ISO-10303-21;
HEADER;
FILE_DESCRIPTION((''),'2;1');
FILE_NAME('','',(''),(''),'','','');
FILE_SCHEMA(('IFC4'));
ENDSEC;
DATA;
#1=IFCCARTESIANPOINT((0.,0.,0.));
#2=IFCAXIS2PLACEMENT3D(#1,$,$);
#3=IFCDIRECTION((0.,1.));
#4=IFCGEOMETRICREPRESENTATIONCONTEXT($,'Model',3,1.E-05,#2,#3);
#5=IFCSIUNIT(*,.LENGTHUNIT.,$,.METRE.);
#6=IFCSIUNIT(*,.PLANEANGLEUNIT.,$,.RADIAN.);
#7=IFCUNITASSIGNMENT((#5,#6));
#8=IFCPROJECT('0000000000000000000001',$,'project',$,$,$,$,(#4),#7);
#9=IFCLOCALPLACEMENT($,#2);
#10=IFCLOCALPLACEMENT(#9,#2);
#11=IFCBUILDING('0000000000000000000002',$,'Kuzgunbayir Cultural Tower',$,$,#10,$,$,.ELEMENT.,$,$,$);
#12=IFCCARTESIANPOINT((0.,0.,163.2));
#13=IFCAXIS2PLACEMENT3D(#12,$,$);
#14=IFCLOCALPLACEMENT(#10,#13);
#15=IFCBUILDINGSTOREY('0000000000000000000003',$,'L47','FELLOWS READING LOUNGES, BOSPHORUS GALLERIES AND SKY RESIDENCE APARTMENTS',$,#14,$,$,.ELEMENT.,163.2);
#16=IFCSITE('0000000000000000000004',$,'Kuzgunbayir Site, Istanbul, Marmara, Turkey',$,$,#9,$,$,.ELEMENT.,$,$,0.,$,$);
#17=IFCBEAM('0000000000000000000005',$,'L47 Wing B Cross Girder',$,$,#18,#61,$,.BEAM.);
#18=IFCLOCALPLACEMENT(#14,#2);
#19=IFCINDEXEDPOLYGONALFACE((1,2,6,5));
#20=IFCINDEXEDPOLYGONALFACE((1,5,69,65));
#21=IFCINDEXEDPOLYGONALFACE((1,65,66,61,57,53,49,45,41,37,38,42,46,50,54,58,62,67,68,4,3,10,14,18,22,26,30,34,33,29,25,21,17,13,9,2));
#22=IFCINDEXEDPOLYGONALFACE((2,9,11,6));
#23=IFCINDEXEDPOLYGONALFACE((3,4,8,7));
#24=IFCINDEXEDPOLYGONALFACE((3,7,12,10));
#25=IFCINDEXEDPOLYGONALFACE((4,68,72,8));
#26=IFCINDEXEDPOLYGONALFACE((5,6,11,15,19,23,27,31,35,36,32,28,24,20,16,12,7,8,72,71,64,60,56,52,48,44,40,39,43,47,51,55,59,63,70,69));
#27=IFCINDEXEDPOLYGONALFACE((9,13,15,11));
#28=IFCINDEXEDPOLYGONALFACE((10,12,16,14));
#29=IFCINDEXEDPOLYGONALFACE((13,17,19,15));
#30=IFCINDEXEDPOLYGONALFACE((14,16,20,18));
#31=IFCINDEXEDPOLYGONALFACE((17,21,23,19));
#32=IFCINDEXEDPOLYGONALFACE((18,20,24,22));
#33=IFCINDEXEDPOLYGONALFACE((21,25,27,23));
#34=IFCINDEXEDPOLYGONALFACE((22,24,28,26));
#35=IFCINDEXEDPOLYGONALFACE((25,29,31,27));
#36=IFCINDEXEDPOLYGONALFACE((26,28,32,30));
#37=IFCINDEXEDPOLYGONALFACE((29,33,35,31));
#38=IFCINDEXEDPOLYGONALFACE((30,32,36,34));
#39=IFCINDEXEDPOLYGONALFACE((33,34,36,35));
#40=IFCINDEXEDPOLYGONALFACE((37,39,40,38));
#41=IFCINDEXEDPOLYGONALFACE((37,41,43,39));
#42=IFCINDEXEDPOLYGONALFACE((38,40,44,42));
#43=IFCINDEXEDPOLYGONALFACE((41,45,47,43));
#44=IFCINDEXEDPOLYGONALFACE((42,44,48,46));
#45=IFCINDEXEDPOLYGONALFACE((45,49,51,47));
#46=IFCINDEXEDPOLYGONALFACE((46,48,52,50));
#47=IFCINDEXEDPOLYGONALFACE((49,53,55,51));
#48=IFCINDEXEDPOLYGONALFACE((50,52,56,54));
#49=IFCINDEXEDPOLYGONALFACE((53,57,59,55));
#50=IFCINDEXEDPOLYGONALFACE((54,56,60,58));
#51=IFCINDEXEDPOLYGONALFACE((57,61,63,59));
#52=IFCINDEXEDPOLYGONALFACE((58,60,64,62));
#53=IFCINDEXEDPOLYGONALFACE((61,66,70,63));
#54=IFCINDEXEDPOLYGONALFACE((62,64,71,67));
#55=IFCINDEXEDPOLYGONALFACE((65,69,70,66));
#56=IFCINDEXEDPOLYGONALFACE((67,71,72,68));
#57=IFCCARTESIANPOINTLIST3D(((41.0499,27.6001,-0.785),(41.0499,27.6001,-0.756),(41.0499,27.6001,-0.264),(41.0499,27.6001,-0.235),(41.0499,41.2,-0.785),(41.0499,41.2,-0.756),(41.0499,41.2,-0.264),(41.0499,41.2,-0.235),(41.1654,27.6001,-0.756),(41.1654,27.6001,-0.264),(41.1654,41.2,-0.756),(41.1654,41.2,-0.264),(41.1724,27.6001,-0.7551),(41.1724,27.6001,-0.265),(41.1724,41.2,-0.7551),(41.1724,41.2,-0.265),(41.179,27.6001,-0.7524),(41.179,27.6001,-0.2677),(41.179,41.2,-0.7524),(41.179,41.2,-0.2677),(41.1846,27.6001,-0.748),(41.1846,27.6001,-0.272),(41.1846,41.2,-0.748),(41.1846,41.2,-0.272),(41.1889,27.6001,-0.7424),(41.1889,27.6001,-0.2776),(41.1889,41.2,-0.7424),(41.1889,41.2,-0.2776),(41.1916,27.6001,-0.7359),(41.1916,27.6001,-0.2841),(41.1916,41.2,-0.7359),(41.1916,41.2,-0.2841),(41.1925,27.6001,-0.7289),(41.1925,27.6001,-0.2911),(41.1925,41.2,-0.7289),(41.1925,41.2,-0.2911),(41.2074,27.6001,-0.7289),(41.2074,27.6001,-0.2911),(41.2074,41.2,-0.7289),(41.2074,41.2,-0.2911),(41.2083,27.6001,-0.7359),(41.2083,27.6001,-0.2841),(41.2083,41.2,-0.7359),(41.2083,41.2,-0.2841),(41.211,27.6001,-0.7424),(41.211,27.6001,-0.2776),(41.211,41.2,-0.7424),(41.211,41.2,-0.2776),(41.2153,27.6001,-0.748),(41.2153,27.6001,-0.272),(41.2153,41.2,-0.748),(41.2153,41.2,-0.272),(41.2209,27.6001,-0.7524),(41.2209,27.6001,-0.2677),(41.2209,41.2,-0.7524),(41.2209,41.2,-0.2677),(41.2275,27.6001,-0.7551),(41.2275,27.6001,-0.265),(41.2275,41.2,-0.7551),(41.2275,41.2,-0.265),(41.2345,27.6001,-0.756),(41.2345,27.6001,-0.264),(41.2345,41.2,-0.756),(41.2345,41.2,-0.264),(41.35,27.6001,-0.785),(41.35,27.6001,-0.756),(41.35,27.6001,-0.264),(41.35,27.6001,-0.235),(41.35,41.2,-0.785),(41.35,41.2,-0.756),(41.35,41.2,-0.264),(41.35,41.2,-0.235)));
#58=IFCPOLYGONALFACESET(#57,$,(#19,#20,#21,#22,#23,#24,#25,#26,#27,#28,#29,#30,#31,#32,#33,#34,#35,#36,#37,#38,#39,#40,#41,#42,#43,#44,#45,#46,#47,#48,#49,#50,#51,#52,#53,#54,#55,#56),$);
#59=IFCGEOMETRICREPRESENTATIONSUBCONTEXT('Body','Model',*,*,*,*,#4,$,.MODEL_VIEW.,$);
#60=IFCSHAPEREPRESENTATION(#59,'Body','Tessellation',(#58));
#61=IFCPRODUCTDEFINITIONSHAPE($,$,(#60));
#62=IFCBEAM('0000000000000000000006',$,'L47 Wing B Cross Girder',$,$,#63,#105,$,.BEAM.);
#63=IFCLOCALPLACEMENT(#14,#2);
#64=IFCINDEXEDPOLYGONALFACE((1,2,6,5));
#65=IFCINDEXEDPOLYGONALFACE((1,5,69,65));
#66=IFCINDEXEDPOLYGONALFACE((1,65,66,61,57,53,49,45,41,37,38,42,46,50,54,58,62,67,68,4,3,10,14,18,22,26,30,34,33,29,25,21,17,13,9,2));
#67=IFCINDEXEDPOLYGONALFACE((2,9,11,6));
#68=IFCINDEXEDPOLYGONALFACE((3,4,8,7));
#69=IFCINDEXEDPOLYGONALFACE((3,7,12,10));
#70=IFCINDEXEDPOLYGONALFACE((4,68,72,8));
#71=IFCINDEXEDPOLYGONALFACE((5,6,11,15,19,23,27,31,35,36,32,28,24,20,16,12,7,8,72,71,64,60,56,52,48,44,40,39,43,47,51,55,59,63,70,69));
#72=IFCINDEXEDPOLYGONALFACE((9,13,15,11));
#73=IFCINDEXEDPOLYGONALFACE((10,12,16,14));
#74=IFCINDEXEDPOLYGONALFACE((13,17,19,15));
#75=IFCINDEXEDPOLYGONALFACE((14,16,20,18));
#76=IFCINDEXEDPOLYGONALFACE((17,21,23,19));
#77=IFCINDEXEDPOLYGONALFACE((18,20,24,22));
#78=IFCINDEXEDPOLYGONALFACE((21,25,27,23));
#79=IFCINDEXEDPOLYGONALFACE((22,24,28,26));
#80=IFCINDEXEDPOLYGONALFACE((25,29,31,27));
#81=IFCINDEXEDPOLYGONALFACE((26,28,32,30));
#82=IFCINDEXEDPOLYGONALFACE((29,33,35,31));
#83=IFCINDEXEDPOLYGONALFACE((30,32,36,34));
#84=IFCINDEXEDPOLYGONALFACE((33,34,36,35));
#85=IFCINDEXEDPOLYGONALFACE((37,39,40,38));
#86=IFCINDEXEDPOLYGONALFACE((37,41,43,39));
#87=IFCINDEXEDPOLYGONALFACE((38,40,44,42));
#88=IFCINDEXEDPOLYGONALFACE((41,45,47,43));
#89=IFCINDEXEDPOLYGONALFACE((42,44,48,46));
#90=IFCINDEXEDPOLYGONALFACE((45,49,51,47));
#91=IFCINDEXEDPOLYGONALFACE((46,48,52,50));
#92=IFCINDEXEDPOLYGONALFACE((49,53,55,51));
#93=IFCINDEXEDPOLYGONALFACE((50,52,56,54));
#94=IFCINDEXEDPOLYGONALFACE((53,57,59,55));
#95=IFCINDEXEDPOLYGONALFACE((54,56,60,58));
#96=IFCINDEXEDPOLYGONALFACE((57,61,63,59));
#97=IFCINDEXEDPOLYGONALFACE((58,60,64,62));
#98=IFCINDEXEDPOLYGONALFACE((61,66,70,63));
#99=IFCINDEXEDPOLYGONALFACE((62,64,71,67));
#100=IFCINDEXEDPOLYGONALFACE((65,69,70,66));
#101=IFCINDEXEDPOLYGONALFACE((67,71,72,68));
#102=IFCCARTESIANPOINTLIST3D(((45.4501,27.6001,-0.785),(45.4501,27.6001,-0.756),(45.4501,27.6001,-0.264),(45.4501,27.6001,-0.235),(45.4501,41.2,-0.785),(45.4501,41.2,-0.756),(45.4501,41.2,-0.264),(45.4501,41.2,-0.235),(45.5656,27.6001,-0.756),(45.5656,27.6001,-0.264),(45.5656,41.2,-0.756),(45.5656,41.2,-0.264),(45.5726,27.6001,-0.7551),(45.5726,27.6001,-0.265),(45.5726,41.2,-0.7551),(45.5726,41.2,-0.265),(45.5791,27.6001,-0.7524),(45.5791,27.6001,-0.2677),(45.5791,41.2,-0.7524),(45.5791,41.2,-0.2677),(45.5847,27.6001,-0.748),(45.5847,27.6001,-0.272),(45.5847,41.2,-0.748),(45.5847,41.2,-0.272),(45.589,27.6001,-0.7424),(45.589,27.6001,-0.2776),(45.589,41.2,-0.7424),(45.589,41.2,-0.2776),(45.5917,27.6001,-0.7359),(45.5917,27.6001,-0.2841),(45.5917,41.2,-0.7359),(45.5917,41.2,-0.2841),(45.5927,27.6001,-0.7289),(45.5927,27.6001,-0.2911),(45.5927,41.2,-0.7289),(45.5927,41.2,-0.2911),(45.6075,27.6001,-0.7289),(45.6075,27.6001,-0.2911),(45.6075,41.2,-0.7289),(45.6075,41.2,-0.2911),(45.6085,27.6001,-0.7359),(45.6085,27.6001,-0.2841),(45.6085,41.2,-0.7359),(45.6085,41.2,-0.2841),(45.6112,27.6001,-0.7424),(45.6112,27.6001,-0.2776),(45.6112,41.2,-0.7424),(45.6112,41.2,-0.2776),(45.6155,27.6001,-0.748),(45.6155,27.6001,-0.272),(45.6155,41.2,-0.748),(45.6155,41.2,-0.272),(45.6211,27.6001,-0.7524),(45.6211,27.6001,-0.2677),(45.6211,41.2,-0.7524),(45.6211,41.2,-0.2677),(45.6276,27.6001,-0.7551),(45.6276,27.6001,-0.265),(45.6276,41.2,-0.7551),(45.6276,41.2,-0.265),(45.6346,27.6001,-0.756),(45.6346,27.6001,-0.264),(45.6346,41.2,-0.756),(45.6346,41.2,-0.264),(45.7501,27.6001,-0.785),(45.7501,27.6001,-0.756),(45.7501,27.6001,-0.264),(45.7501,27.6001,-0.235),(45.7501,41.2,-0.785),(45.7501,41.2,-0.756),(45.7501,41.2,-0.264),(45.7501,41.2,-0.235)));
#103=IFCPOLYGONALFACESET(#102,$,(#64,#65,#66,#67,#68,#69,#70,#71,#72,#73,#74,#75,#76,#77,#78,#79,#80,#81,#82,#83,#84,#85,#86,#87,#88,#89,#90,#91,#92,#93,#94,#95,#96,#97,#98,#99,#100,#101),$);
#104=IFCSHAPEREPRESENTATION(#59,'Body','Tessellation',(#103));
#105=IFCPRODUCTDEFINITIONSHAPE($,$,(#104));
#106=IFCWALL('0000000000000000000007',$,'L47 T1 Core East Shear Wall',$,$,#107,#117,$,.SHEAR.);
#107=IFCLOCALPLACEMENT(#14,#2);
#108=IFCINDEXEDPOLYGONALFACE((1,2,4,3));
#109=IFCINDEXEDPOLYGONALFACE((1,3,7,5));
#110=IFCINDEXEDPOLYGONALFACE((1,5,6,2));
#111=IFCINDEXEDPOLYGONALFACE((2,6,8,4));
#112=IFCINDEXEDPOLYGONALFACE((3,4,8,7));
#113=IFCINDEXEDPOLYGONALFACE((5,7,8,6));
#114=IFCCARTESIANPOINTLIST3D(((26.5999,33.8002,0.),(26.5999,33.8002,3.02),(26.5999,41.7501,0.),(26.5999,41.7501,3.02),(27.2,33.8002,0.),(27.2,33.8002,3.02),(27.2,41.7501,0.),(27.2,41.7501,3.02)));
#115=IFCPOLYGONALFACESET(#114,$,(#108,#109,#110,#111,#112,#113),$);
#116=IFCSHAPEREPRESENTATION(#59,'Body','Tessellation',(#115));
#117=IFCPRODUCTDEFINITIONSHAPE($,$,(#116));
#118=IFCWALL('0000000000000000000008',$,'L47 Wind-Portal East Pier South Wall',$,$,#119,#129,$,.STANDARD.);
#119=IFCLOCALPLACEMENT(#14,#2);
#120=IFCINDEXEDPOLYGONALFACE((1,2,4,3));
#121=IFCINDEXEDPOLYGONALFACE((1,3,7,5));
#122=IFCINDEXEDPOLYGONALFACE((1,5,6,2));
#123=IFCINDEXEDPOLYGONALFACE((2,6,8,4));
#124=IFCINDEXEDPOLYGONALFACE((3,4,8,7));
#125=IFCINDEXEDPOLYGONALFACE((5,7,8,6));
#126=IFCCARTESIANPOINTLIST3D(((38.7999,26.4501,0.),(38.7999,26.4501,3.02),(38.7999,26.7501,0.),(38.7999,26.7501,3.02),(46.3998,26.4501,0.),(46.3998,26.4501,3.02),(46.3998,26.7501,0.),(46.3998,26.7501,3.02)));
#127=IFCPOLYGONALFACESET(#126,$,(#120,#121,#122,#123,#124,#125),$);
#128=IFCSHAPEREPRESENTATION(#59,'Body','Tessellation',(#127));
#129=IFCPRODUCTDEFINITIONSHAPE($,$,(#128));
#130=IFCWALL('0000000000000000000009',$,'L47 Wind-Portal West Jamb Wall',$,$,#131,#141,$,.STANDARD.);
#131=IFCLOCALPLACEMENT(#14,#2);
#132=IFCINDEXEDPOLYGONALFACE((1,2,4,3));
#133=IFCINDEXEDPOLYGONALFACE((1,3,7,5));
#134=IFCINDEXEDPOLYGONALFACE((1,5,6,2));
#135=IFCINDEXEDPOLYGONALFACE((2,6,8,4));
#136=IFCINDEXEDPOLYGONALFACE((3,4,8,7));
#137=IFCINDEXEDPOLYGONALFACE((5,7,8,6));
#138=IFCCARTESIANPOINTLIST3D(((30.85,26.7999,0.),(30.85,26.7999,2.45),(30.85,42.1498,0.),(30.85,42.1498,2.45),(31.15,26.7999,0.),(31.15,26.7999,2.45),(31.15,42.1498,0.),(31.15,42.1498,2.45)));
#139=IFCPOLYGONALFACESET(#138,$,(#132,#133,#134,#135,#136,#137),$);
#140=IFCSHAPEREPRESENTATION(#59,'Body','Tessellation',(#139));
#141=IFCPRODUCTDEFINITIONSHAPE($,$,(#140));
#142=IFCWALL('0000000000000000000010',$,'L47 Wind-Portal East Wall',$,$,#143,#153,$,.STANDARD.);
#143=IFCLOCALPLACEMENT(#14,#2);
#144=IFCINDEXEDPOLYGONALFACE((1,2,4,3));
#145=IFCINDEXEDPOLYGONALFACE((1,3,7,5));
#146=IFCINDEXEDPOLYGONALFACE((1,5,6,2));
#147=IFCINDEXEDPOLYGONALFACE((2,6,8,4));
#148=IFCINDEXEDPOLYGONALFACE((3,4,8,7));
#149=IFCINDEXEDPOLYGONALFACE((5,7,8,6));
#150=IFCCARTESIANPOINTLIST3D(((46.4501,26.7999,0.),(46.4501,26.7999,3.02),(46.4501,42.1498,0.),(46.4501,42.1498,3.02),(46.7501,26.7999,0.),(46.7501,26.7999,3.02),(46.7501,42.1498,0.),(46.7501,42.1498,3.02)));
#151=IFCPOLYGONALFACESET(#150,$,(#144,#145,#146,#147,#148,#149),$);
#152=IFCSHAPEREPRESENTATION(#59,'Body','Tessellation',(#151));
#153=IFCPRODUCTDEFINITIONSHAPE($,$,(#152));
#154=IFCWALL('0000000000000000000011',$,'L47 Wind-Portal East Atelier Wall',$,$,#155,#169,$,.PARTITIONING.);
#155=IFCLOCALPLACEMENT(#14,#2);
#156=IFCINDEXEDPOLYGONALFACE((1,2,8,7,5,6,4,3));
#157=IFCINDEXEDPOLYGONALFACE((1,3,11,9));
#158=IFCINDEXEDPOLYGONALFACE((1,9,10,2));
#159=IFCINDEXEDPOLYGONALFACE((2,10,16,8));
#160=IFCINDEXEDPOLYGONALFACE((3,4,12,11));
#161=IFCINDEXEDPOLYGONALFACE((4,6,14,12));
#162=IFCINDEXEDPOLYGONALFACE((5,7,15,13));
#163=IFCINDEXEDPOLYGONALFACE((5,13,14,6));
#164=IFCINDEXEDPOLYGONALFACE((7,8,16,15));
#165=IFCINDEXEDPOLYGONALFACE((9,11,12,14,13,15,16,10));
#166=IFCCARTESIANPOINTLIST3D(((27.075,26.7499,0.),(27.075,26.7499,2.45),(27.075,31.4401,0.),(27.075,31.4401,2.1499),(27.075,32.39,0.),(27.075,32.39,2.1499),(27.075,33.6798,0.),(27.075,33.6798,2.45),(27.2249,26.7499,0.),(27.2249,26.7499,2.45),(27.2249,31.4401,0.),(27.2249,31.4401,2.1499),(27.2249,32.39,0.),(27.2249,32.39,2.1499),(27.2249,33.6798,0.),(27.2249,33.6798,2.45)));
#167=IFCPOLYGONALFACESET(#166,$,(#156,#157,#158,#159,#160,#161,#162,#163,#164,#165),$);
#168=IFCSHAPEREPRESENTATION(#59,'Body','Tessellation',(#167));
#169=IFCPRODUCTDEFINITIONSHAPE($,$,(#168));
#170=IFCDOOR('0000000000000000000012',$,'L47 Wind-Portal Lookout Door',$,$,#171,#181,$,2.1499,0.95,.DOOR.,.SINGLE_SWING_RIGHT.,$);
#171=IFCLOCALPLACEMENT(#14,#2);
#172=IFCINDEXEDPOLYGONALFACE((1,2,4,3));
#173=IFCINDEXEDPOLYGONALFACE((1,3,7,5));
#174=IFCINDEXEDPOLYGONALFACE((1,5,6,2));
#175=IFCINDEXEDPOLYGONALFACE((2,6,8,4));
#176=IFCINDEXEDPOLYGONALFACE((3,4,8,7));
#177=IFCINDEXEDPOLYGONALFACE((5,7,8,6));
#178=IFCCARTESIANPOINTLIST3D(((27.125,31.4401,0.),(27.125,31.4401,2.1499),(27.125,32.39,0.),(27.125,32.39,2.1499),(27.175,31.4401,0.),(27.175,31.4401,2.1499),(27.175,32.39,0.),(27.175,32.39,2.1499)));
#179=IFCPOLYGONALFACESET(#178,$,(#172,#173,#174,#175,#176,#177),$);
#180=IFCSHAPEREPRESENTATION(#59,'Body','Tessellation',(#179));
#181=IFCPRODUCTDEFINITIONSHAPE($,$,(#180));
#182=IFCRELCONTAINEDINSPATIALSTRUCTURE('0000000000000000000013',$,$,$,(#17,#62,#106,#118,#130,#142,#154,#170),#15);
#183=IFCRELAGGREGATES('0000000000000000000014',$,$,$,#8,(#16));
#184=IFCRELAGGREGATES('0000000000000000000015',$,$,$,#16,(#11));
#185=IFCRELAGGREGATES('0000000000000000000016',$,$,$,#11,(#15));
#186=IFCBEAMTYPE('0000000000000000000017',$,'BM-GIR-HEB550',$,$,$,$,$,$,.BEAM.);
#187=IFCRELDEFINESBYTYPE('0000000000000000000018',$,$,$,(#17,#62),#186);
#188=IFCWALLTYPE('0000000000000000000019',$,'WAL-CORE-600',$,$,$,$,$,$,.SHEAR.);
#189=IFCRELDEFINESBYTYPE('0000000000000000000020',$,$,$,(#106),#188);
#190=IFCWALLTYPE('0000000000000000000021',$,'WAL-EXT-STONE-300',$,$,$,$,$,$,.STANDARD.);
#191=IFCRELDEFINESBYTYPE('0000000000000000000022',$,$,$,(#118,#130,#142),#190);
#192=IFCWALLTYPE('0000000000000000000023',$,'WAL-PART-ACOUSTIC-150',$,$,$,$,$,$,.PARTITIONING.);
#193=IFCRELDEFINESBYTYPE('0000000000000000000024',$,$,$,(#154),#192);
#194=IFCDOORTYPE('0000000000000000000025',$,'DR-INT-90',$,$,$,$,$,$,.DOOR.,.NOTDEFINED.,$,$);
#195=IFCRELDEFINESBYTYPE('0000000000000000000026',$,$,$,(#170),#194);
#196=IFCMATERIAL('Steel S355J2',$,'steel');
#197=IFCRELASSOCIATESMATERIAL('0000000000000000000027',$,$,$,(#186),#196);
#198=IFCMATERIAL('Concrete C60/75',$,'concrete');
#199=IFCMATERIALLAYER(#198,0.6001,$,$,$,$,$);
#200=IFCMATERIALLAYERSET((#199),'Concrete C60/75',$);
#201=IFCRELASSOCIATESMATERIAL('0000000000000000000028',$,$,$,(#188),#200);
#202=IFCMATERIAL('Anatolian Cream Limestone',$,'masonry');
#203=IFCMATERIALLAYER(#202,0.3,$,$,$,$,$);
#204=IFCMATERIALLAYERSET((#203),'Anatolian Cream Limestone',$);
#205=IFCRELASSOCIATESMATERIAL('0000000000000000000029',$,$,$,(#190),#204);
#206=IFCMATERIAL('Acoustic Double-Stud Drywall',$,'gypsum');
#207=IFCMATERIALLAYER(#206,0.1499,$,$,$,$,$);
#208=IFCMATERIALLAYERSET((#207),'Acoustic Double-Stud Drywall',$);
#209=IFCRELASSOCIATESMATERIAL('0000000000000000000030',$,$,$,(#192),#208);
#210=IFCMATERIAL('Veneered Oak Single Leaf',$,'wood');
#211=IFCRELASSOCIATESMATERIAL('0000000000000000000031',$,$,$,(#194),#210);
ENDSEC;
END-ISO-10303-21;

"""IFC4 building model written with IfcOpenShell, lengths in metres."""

from ifc_helpers import new_model, si_unit, direction, frame, frame_2d, origin, origin_2d, place, context, subcontext, project, spatial, rectangle, i_section, extrude, material, layer, layer_set, material_profile, profile_set, type_object, element, fill, save


model = new_model("IFC4")

# Units and contexts
model_context = context("Model", 3, precision=1e-05, world=origin(), true_north=direction((0.0, 1.0)))
body_context = subcontext(model_context, "Body", "Model", "MODEL_VIEW")
ifc_project = project(units=[si_unit("LENGTHUNIT", "METRE"), si_unit("PLANEANGLEUNIT", "RADIAN")], contexts=[model_context])

# Site, building, storey
site_placement = place(None, origin())
site = spatial("IfcSite", under=ifc_project, at=site_placement, Name="Kuzgunbayir Site, Istanbul, Marmara, Turkey", CompositionType="ELEMENT", RefElevation=0.0)
building_placement = place(site_placement, origin())
building = spatial("IfcBuilding", under=site, at=building_placement, Name="Kuzgunbayir Cultural Tower", CompositionType="ELEMENT")
storey_placement = place(building_placement, frame((0.0, 0.0, 163.2)))
storey = spatial("IfcBuildingStorey", under=building, at=storey_placement, Name="L47", Description="FELLOWS READING LOUNGES, BOSPHORUS GALLERIES AND SKY RESIDENCE APARTMENTS", CompositionType="ELEMENT", Elevation=163.2)

# Beams
ifc_material_1 = material(Name="Steel S355J2", Category="steel")
ifc_material_profile_1 = material_profile(ifc_material_1, i_section(OverallWidth=0.3, OverallDepth=0.55, WebThickness=0.0149, FlangeThickness=0.0291, FilletRadius=0.0271, at=origin_2d()), Name="HEB 550")
ifc_profile_set_1 = profile_set([ifc_material_profile_1], Name="Steel S355J2")
beam_type_1 = type_object("IfcBeamType", Name="BM-GIR-HEB550", PredefinedType="BEAM", material=ifc_profile_set_1)
for number, where, z_axis, x_axis, name in (
    (1, (41.2, 27.6001, -0.51), (0.0, 1.0, 0.0), (-1.0, 0.0, 0.0), "L47 Wing B Cross Girder"),
    (2, (45.6001, 27.6001, -0.51), (0.0, 1.0, 0.0), (-1.0, 0.0, 0.0), "L47 Wing B Cross Girder"),
):
    element("IfcBeam", number, at=place(storey_placement, frame(where, z_axis=z_axis, x_axis=x_axis)), inside=storey, type_object=beam_type_1, Name=name, PredefinedType="BEAM", context=body_context, shape_type="SweptSolid", body=[
        extrude(i_section(OverallWidth=0.3, OverallDepth=0.55, WebThickness=0.0149, FlangeThickness=0.0291, FilletRadius=0.0271, at=origin_2d()), origin(), (0.0, 0.0, 1.0), 13.5999),
    ])

# Walls
ifc_material_2 = material(Name="Concrete C60/75", Category="concrete")
ifc_layer_1 = layer(ifc_material_2, 0.6001)
ifc_layer_set_1 = layer_set([ifc_layer_1], Name="Concrete C60/75")
wall_type_1 = type_object("IfcWallType", Name="WAL-CORE-600", PredefinedType="SHEAR", material=ifc_layer_set_1)
wall_1_placement = place(storey_placement, frame((26.8999, 33.8, 0.0), z_axis=(0.0, 0.0, 1.0), x_axis=(0.0, 1.0, 0.0)))
element("IfcWall", 3, at=wall_1_placement, inside=storey, type_object=wall_type_1, Name="L47 T1 Core East Shear Wall", PredefinedType="SHEAR", context=body_context, shape_type="SweptSolid", body=[
    extrude(rectangle(XDim=7.95, YDim=0.6001, at=frame_2d((3.9751, 0.0))), origin(), (0.0, 0.0, 1.0), 3.02),
])
ifc_material_3 = material(Name="Anatolian Cream Limestone", Category="masonry")
ifc_layer_2 = layer(ifc_material_3, 0.3)
ifc_layer_set_2 = layer_set([ifc_layer_2], Name="Anatolian Cream Limestone")
wall_type_2 = type_object("IfcWallType", Name="WAL-EXT-STONE-300", PredefinedType="STANDARD", material=ifc_layer_set_2)
wall_2_placement = place(storey_placement, frame((38.8, 26.6001, 0.0), z_axis=(0.0, 0.0, 1.0), x_axis=(1.0, 0.0, 0.0)))
element("IfcWall", 4, at=wall_2_placement, inside=storey, type_object=wall_type_2, Name="L47 Wind-Portal East Pier South Wall", PredefinedType="STANDARD", context=body_context, shape_type="SweptSolid", body=[
    extrude(rectangle(XDim=7.5999, YDim=0.3, at=frame_2d((3.7998, 0.0))), origin(), (0.0, 0.0, 1.0), 3.02),
])
wall_3_placement = place(storey_placement, frame((31.0, 26.8, 0.0), z_axis=(0.0, 0.0, 1.0), x_axis=(0.0, 1.0, 0.0)))
element("IfcWall", 5, at=wall_3_placement, inside=storey, type_object=wall_type_2, Name="L47 Wind-Portal West Jamb Wall", PredefinedType="STANDARD", context=body_context, shape_type="SweptSolid", body=[
    extrude(rectangle(XDim=15.3499, YDim=0.3, at=frame_2d((7.6748, 0.0))), origin(), (0.0, 0.0, 1.0), 2.45),
])
wall_4_placement = place(storey_placement, frame((46.6001, 26.8, 0.0), z_axis=(0.0, 0.0, 1.0), x_axis=(0.0, 1.0, 0.0)))
element("IfcWall", 6, at=wall_4_placement, inside=storey, type_object=wall_type_2, Name="L47 Wind-Portal East Wall", PredefinedType="STANDARD", context=body_context, shape_type="SweptSolid", body=[
    extrude(rectangle(XDim=15.3499, YDim=0.3, at=frame_2d((7.6748, 0.0))), origin(), (0.0, 0.0, 1.0), 3.02),
])

# Wall, opening, door
ifc_material_4 = material(Name="Acoustic Double-Stud Drywall", Category="gypsum")
ifc_layer_3 = layer(ifc_material_4, 0.1499)
ifc_layer_set_3 = layer_set([ifc_layer_3], Name="Acoustic Double-Stud Drywall")
wall_type_3 = type_object("IfcWallType", Name="WAL-PART-ACOUSTIC-150", PredefinedType="PARTITIONING", material=ifc_layer_set_3)
wall_5_placement = place(storey_placement, frame((27.1499, 26.75, 0.0), z_axis=(0.0, 0.0, 1.0), x_axis=(0.0, 1.0, 0.0)))
wall_5 = element("IfcWall", 7, at=wall_5_placement, inside=storey, type_object=wall_type_3, Name="L47 Wind-Portal East Atelier Wall", PredefinedType="PARTITIONING", context=body_context, shape_type="SweptSolid", body=[
    extrude(rectangle(XDim=6.9299, YDim=0.1499, at=frame_2d((3.4648, 0.0))), origin(), (0.0, 0.0, 1.0), 2.45),
])
opening_placement = place(wall_5_placement, frame((4.6899, 0.0, 0.0)))
opening = element("IfcOpeningElement", 8, at=opening_placement, cuts=wall_5, PredefinedType="OPENING", context=body_context, shape_type="SweptSolid", body=[
    extrude(rectangle(XDim=0.95, YDim=2.1499, at=frame_2d((0.4751, 1.075))), frame((0.0, 0.085, 0.0), z_axis=(0.0, -1.0, 0.0), x_axis=(1.0, 0.0, 0.0)), (0.0, 0.0, 1.0), 0.1699),
])
ifc_material_5 = material(Name="Veneered Oak Single Leaf", Category="wood")
door_type = type_object("IfcDoorType", Name="DR-INT-90", OperationType="NOTDEFINED", PredefinedType="DOOR", material=ifc_material_5)
door_placement = place(opening_placement, origin())
door = element("IfcDoor", 9, at=door_placement, inside=storey, type_object=door_type, Name="L47 Wind-Portal Lookout Door", OperationType="SINGLE_SWING_RIGHT", OverallHeight=2.1499, OverallWidth=0.95, PredefinedType="DOOR", context=body_context, shape_type="SweptSolid", body=[
    extrude(rectangle(XDim=0.95, YDim=2.1499, at=frame_2d((0.4751, 1.075))), frame((0.0, 0.0249, 0.0), z_axis=(0.0, -1.0, 0.0), x_axis=(1.0, 0.0, 0.0)), (0.0, 0.0, 1.0), 0.05),
])
fill(opening, door)

save(model, "model.ifc")
